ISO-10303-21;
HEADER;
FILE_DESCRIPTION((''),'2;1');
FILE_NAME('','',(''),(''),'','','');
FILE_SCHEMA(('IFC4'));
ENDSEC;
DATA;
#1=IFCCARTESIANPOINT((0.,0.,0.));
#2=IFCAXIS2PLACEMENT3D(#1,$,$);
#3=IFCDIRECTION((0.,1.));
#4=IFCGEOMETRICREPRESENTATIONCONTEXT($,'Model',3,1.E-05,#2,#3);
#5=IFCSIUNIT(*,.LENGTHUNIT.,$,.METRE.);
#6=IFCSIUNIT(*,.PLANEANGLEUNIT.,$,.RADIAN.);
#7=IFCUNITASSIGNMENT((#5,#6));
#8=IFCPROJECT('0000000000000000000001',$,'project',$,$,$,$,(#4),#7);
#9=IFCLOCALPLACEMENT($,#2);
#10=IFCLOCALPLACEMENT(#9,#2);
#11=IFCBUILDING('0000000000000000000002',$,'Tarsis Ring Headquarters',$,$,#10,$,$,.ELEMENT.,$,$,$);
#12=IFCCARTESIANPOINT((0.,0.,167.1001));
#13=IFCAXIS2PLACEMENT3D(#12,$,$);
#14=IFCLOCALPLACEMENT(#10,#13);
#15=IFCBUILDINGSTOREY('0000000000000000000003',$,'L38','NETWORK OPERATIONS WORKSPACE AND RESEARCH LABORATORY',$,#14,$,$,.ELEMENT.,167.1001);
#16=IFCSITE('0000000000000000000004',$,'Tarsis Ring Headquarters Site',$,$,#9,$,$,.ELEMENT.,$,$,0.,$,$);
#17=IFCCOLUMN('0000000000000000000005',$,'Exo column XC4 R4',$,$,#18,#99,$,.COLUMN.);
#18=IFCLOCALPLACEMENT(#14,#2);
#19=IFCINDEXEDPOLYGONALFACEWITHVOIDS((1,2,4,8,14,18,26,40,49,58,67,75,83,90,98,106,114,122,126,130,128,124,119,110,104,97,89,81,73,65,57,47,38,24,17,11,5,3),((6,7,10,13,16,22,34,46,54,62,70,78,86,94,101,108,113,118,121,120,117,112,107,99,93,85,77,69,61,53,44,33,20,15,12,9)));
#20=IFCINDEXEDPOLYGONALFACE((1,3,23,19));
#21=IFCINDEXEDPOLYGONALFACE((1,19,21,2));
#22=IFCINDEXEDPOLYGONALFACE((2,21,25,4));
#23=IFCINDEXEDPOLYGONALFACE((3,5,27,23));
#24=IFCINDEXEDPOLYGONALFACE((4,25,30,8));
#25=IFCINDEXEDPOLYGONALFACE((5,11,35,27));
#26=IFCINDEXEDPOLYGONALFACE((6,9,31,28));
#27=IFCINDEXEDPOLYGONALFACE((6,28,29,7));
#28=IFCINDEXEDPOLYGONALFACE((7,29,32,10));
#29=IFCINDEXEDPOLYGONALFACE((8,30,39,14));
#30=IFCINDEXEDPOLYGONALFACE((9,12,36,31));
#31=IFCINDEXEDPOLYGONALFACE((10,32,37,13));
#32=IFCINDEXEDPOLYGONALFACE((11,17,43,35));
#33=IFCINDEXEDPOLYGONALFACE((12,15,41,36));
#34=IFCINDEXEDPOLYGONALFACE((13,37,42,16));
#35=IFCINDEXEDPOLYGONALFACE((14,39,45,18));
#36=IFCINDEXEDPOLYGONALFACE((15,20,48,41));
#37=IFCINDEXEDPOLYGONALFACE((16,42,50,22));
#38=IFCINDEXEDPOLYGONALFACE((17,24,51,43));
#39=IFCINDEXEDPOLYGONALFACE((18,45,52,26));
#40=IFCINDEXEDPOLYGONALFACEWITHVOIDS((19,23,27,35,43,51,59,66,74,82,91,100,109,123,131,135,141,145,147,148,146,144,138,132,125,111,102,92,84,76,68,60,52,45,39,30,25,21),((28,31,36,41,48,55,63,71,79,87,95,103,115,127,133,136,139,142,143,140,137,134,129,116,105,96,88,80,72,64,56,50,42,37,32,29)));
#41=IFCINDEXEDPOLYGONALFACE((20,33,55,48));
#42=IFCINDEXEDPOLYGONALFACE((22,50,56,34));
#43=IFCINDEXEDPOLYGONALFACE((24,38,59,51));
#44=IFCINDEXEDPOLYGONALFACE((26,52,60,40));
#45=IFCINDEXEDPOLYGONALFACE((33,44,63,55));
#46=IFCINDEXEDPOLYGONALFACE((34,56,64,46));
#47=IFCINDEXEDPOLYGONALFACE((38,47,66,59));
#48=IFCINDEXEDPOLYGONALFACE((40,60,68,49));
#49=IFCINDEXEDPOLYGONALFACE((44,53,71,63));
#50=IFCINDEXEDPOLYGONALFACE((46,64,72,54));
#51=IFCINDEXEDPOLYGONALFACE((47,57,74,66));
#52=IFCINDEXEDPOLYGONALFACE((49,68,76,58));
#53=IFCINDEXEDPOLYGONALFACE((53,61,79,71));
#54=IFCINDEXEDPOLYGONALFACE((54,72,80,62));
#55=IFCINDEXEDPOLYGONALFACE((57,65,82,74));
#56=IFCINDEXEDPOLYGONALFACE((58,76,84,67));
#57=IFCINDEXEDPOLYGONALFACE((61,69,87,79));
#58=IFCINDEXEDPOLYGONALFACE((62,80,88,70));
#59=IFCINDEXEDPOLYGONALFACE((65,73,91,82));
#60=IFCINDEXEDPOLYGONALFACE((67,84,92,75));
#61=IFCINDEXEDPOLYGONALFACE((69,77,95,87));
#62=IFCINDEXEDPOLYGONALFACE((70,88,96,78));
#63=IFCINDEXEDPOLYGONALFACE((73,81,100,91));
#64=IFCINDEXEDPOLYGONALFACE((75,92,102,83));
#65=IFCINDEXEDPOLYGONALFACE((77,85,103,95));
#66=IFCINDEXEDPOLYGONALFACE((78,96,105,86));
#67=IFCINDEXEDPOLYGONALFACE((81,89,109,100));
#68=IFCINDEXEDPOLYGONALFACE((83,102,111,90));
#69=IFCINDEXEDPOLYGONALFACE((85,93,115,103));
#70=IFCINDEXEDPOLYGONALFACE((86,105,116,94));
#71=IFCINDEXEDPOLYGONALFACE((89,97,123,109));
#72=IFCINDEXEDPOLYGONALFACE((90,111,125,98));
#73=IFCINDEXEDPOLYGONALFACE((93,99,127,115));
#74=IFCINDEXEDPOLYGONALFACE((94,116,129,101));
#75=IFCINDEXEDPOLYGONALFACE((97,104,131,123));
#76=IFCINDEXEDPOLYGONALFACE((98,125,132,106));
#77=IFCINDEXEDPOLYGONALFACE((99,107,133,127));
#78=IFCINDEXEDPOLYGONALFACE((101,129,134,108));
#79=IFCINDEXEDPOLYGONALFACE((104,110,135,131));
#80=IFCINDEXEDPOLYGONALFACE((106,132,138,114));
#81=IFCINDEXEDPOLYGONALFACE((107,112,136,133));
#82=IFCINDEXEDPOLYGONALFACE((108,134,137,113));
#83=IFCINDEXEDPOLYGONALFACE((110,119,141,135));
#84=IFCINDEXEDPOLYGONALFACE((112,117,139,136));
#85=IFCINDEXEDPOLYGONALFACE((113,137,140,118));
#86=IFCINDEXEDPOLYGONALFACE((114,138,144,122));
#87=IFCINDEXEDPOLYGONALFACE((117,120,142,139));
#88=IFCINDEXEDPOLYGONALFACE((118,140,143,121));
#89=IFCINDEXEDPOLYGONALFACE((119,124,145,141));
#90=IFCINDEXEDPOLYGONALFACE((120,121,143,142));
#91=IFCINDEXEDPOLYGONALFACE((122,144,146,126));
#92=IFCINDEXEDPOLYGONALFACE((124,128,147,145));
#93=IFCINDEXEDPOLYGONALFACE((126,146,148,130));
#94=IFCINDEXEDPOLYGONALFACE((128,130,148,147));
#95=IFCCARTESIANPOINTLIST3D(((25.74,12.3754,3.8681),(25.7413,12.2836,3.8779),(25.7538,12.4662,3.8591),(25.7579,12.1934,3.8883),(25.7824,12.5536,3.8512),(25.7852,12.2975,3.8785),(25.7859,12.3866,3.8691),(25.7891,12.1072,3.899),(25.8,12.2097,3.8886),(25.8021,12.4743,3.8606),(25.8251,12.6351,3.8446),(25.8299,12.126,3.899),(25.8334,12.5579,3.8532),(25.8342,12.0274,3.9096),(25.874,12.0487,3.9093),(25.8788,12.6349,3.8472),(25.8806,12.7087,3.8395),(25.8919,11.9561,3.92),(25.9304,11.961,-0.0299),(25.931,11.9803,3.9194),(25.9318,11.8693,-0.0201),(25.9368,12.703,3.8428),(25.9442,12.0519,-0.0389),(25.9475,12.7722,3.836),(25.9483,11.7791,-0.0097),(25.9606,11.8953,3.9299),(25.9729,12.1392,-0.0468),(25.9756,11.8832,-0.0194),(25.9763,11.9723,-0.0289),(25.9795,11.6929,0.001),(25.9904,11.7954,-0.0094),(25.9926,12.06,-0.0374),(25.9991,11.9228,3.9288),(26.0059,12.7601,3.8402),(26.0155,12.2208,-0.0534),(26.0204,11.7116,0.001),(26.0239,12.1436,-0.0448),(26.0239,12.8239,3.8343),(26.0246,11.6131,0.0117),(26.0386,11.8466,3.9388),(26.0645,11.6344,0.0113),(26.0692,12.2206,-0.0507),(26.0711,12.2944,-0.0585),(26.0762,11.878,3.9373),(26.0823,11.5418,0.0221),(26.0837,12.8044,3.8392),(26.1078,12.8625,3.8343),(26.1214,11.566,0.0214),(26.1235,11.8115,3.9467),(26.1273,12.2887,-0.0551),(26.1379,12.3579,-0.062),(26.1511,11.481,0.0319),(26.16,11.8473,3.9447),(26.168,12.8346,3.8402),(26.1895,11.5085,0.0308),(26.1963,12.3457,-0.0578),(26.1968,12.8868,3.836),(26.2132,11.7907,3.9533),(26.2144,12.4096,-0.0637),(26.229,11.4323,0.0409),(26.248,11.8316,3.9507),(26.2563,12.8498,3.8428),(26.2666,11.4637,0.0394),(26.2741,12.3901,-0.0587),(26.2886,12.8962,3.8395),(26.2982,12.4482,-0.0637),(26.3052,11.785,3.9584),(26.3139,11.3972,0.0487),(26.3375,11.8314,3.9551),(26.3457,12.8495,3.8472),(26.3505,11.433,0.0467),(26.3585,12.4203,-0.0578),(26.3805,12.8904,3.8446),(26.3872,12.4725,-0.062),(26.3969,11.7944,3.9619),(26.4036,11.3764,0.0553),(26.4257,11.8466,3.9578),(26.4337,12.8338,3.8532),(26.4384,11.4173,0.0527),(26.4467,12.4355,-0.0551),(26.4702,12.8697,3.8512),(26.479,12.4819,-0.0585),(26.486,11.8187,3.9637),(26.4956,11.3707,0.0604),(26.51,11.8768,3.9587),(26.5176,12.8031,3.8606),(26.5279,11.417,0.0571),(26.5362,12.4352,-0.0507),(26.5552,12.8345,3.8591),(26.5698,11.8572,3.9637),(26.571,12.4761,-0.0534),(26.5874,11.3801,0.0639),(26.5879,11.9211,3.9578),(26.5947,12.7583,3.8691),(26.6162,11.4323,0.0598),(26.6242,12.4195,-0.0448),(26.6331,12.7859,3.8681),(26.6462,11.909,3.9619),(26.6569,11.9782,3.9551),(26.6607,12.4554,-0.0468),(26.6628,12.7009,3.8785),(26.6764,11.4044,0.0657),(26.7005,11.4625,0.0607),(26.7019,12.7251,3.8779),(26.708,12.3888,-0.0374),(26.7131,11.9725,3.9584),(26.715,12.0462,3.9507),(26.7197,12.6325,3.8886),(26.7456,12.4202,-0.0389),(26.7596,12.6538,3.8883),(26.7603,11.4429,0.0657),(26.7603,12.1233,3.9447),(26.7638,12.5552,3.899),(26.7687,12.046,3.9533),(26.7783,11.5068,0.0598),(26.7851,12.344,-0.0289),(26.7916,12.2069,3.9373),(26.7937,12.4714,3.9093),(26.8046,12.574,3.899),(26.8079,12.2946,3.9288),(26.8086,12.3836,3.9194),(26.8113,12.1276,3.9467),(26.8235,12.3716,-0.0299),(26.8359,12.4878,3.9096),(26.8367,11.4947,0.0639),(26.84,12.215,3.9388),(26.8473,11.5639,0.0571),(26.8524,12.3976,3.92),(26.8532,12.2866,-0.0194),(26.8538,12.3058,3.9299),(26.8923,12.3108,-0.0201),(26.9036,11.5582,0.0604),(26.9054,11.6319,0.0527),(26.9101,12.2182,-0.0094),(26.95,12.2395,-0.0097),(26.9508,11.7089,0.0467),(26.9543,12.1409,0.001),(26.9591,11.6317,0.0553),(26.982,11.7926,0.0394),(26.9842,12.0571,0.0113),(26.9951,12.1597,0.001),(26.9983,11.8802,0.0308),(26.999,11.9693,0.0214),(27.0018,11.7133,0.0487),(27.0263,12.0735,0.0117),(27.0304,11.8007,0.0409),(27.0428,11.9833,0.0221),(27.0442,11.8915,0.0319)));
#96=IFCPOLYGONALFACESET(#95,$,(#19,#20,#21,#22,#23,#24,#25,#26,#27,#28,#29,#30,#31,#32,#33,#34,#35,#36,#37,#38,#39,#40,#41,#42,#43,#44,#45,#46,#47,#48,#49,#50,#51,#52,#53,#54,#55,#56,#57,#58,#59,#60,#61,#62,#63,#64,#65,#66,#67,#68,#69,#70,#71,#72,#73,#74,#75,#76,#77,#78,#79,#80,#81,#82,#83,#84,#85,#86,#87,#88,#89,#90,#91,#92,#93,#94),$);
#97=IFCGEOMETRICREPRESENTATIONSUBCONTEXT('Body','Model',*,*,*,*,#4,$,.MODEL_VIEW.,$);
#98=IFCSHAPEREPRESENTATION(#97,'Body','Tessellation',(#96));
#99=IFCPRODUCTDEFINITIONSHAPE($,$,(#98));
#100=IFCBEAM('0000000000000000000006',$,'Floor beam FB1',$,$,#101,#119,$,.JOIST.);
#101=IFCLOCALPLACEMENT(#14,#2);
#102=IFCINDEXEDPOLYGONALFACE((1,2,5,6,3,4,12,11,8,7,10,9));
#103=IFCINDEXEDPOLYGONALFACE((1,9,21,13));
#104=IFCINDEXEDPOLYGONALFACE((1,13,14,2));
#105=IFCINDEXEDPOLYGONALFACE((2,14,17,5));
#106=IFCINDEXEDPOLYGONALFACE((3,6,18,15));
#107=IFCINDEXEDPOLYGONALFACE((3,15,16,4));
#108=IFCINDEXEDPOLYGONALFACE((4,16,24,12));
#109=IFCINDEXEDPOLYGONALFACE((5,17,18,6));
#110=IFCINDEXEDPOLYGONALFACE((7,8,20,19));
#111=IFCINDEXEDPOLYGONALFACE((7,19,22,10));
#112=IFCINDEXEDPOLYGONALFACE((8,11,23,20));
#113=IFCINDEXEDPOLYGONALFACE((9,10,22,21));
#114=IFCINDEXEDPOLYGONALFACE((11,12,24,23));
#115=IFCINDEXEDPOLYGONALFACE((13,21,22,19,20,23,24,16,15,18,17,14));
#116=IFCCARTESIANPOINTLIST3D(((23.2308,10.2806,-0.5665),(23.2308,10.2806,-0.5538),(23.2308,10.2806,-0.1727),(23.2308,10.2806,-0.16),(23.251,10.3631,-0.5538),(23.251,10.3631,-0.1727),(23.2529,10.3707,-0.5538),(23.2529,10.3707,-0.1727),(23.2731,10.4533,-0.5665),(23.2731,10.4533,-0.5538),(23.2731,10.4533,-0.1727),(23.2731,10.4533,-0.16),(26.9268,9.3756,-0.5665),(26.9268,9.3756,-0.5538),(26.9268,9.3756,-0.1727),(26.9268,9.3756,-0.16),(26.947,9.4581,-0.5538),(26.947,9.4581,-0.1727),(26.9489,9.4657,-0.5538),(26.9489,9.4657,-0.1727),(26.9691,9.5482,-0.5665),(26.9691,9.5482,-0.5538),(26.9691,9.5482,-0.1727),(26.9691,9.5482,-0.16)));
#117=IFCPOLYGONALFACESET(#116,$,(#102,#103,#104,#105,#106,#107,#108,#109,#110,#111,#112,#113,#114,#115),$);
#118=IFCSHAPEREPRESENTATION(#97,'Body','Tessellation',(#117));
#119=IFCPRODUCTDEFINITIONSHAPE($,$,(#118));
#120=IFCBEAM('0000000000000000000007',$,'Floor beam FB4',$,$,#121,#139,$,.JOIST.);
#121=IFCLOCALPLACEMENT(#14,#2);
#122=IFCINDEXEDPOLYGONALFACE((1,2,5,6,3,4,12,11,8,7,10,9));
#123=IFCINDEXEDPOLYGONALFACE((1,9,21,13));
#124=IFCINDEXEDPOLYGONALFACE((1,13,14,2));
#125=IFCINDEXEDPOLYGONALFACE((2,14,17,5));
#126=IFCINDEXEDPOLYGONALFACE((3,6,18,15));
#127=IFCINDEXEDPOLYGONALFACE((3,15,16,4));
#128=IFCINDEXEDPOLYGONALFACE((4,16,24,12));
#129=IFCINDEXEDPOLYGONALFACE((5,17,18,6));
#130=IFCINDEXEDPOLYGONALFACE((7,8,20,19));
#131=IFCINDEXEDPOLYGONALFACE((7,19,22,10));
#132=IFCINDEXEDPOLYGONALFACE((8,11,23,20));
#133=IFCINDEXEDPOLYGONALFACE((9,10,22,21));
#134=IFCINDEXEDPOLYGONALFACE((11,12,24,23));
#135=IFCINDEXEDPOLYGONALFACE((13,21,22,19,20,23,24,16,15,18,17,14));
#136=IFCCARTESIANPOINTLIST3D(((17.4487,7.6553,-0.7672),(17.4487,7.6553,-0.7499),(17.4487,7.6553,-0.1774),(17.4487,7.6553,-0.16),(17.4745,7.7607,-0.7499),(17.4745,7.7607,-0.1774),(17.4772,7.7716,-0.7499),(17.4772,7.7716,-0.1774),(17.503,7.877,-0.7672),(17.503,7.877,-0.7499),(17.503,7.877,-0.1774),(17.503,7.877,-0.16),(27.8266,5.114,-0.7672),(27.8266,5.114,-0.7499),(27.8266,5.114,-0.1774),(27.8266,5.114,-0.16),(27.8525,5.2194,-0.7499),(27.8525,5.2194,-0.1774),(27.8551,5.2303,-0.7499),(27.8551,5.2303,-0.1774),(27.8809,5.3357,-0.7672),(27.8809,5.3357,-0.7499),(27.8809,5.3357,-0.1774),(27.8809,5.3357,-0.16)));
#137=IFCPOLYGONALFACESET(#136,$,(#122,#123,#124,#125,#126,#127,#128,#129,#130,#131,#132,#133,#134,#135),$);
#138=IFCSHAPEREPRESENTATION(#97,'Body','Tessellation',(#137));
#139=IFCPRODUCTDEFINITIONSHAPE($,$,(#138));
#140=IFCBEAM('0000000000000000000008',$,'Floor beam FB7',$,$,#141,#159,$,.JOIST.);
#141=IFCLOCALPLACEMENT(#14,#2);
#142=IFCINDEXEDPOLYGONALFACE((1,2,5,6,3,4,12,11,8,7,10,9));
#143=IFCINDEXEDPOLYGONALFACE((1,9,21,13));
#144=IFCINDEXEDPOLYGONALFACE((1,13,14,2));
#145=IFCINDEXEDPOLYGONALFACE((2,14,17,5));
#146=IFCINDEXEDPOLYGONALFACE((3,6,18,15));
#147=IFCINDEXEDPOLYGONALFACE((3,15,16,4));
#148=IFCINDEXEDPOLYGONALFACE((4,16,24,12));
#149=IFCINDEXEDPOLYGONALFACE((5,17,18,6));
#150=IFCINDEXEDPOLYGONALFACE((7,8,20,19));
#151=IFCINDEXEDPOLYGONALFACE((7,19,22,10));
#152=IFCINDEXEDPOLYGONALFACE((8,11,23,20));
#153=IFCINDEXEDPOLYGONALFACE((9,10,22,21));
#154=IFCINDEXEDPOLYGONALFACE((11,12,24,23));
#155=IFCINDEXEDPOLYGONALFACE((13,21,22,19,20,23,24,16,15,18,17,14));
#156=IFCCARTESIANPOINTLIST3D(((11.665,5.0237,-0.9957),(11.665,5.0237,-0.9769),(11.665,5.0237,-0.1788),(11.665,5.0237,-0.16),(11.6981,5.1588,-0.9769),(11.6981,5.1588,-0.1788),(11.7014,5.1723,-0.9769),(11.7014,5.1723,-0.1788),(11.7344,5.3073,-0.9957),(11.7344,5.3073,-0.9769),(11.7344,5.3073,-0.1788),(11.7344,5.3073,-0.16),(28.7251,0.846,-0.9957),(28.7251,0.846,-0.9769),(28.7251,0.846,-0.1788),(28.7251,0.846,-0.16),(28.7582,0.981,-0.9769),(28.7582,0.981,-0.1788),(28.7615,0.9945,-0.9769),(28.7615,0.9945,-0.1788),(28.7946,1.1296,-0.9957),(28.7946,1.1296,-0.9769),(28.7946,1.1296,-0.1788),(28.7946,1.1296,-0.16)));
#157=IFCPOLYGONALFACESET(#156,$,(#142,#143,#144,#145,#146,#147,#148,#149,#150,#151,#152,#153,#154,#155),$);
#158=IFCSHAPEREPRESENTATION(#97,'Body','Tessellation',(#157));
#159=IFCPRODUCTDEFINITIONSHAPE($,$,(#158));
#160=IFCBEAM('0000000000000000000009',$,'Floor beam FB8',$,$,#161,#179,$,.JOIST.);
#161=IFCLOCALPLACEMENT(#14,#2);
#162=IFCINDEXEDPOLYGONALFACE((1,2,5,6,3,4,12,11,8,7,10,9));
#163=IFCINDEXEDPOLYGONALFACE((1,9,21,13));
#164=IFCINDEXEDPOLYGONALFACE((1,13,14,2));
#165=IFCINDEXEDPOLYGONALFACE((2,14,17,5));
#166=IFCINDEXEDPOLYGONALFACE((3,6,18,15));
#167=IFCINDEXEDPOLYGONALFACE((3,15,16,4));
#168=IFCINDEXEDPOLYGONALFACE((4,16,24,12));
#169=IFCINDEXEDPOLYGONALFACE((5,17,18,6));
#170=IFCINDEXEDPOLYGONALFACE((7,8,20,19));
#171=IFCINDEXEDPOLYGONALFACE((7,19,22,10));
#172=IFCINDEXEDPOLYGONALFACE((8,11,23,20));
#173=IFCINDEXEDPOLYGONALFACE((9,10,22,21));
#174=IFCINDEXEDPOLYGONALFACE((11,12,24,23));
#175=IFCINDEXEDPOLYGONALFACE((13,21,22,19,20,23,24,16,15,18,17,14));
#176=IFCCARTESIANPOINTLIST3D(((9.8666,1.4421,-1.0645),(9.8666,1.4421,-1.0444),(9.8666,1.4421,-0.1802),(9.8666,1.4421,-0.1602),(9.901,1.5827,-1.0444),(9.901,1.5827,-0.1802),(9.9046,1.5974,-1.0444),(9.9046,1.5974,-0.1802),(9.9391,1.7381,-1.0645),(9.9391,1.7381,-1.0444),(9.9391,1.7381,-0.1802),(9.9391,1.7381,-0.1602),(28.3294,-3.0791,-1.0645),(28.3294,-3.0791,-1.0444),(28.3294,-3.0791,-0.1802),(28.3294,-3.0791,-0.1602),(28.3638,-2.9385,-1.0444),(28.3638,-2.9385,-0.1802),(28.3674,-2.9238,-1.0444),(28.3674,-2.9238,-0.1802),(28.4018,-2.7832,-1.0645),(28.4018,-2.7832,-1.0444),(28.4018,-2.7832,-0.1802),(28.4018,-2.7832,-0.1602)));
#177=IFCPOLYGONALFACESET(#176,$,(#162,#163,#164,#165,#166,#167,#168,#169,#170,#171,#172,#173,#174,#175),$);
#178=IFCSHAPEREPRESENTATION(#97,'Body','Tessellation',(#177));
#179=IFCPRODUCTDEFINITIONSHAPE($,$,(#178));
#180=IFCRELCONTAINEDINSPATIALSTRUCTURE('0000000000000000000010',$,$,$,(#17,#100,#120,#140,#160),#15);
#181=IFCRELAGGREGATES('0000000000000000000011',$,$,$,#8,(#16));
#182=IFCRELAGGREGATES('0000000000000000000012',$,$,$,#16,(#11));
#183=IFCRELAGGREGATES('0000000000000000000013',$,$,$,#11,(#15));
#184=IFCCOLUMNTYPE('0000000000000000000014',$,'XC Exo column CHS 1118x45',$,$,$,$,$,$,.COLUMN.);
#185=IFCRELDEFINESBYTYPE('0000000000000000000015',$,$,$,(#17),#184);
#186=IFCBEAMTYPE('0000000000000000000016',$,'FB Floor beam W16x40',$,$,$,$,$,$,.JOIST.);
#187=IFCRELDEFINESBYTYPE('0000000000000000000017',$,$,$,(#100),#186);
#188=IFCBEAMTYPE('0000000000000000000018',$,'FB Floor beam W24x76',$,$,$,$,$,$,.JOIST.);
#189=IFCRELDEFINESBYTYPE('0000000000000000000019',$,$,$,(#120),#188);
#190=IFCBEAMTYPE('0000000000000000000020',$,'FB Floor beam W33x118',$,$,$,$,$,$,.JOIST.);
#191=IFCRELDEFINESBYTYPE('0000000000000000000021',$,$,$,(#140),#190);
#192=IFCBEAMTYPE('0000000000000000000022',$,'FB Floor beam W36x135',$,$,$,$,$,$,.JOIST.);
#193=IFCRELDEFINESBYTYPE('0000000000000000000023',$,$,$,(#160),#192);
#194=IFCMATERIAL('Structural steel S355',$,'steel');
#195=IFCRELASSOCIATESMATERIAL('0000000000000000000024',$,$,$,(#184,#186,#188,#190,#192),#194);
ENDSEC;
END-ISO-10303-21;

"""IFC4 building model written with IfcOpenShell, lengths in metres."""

from ifc_helpers import new_model, si_unit, direction, frame, origin, origin_2d, place, context, subcontext, project, spatial, hollow_circle, i_section, extrude, material, material_profile, profile_set, type_object, element, save


model = new_model("IFC4")

# Units and contexts
model_context = context("Model", 3, precision=1e-05, world=origin(), true_north=direction((0.0, 1.0)))
body_context = subcontext(model_context, "Body", "Model", "MODEL_VIEW")
ifc_project = project(units=[si_unit("LENGTHUNIT", "METRE"), si_unit("PLANEANGLEUNIT", "RADIAN")], contexts=[model_context])

# Site, building, storey
site_placement = place(None, origin())
site = spatial("IfcSite", under=ifc_project, at=site_placement, Name="Tarsis Ring Headquarters Site", CompositionType="ELEMENT", RefElevation=0.0)
building_placement = place(site_placement, origin())
building = spatial("IfcBuilding", under=site, at=building_placement, Name="Tarsis Ring Headquarters", CompositionType="ELEMENT")
storey_placement = place(building_placement, frame((0.0, 0.0, 167.1001)))
storey = spatial("IfcBuildingStorey", under=building, at=storey_placement, Name="L38", Description="NETWORK OPERATIONS WORKSPACE AND RESEARCH LABORATORY", CompositionType="ELEMENT", Elevation=167.1001)

# Column
ifc_material_1 = material(Name="Structural steel S355", Category="steel")
ifc_material_profile_1 = material_profile(ifc_material_1, hollow_circle(Radius=0.5588, WallThickness=0.0449, at=origin_2d()), Name="CHS 1118x45")
ifc_profile_set_1 = profile_set([ifc_material_profile_1], Name="Structural steel S355")
column_type = type_object("IfcColumnType", Name="XC Exo column CHS 1118x45", PredefinedType="COLUMN", material=ifc_profile_set_1)
column_placement = place(storey_placement, frame((26.4873, 11.9263, 0.001), z_axis=(-0.048523, 0.105569, 0.993227), x_axis=(-0.908616, -0.417632, 0.0)))
element("IfcColumn", 1, at=column_placement, inside=storey, type_object=column_type, Name="Exo column XC4 R4", PredefinedType="COLUMN", context=body_context, shape_type="SweptSolid", body=[
    extrude(hollow_circle(Radius=0.5588, WallThickness=0.0449, at=origin_2d()), origin(), (0.0, 0.0, 1.0), 3.9246),
])

# Beams
ifc_material_profile_2 = material_profile(ifc_material_1, i_section(OverallWidth=0.1777, OverallDepth=0.4065, WebThickness=0.0078, FlangeThickness=0.0127, at=origin_2d()), Name="W16x40")
ifc_profile_set_2 = profile_set([ifc_material_profile_2], Name="Structural steel S355")
beam_type_1 = type_object("IfcBeamType", Name="FB Floor beam W16x40", PredefinedType="JOIST", material=ifc_profile_set_2)
beam_1_placement = place(storey_placement, frame((23.252, 10.3669, -0.3633), z_axis=(0.971305, -0.237838, 0.0), x_axis=(0.237838, 0.971305, 0.0)))
element("IfcBeam", 2, at=beam_1_placement, inside=storey, type_object=beam_type_1, Name="Floor beam FB1", PredefinedType="JOIST", context=body_context, shape_type="SweptSolid", body=[
    extrude(i_section(OverallWidth=0.1777, OverallDepth=0.4065, WebThickness=0.0078, FlangeThickness=0.0127, at=origin_2d()), origin(), (0.0, 0.0, 1.0), 3.8052),
])
ifc_material_profile_3 = material_profile(ifc_material_1, i_section(OverallWidth=0.2283, OverallDepth=0.6072, WebThickness=0.0112, FlangeThickness=0.0173, at=origin_2d()), Name="W24x76")
ifc_profile_set_3 = profile_set([ifc_material_profile_3], Name="Structural steel S355")
beam_type_2 = type_object("IfcBeamType", Name="FB Floor beam W24x76", PredefinedType="JOIST", material=ifc_profile_set_3)
beam_2_placement = place(storey_placement, frame((17.4758, 7.7661, -0.4636), z_axis=(0.971303, -0.237845, 0.0), x_axis=(0.237845, 0.971303, 0.0)))
element("IfcBeam", 3, at=beam_2_placement, inside=storey, type_object=beam_type_2, Name="Floor beam FB4", PredefinedType="JOIST", context=body_context, shape_type="SweptSolid", body=[
    extrude(i_section(OverallWidth=0.2283, OverallDepth=0.6072, WebThickness=0.0112, FlangeThickness=0.0173, at=origin_2d()), origin(), (0.0, 0.0, 1.0), 10.6846),
])
ifc_material_profile_4 = material_profile(ifc_material_1, i_section(OverallWidth=0.292, OverallDepth=0.8357, WebThickness=0.0139, FlangeThickness=0.0188, at=origin_2d()), Name="W33x118")
ifc_profile_set_4 = profile_set([ifc_material_profile_4], Name="Structural steel S355")
beam_type_3 = type_object("IfcBeamType", Name="FB Floor beam W33x118", PredefinedType="JOIST", material=ifc_profile_set_4)
beam_3_placement = place(storey_placement, frame((11.6997, 5.1655, -0.5779), z_axis=(0.9713, -0.237856, 0.0), x_axis=(0.237856, 0.9713, 0.0)))
element("IfcBeam", 4, at=beam_3_placement, inside=storey, type_object=beam_type_3, Name="Floor beam FB7", PredefinedType="JOIST", context=body_context, shape_type="SweptSolid", body=[
    extrude(i_section(OverallWidth=0.292, OverallDepth=0.8357, WebThickness=0.0139, FlangeThickness=0.0188, at=origin_2d()), origin(), (0.0, 0.0, 1.0), 17.5642),
])
ifc_material_profile_5 = material_profile(ifc_material_1, i_section(OverallWidth=0.3047, OverallDepth=0.9043, WebThickness=0.0151, FlangeThickness=0.02, at=origin_2d()), Name="W36x135")
ifc_profile_set_5 = profile_set([ifc_material_profile_5], Name="Structural steel S355")
beam_type_4 = type_object("IfcBeamType", Name="FB Floor beam W36x135", PredefinedType="JOIST", material=ifc_profile_set_5)
beam_4_placement = place(storey_placement, frame((9.9028, 1.5901, -0.6123), z_axis=(0.971301, -0.237855, 0.0), x_axis=(0.237855, 0.971301, 0.0)))
element("IfcBeam", 5, at=beam_4_placement, inside=storey, type_object=beam_type_4, Name="Floor beam FB8", PredefinedType="JOIST", context=body_context, shape_type="SweptSolid", body=[
    extrude(i_section(OverallWidth=0.3047, OverallDepth=0.9043, WebThickness=0.0151, FlangeThickness=0.02, at=origin_2d()), origin(), (0.0, 0.0, 1.0), 19.0083),
])

save(model, "model.ifc")
